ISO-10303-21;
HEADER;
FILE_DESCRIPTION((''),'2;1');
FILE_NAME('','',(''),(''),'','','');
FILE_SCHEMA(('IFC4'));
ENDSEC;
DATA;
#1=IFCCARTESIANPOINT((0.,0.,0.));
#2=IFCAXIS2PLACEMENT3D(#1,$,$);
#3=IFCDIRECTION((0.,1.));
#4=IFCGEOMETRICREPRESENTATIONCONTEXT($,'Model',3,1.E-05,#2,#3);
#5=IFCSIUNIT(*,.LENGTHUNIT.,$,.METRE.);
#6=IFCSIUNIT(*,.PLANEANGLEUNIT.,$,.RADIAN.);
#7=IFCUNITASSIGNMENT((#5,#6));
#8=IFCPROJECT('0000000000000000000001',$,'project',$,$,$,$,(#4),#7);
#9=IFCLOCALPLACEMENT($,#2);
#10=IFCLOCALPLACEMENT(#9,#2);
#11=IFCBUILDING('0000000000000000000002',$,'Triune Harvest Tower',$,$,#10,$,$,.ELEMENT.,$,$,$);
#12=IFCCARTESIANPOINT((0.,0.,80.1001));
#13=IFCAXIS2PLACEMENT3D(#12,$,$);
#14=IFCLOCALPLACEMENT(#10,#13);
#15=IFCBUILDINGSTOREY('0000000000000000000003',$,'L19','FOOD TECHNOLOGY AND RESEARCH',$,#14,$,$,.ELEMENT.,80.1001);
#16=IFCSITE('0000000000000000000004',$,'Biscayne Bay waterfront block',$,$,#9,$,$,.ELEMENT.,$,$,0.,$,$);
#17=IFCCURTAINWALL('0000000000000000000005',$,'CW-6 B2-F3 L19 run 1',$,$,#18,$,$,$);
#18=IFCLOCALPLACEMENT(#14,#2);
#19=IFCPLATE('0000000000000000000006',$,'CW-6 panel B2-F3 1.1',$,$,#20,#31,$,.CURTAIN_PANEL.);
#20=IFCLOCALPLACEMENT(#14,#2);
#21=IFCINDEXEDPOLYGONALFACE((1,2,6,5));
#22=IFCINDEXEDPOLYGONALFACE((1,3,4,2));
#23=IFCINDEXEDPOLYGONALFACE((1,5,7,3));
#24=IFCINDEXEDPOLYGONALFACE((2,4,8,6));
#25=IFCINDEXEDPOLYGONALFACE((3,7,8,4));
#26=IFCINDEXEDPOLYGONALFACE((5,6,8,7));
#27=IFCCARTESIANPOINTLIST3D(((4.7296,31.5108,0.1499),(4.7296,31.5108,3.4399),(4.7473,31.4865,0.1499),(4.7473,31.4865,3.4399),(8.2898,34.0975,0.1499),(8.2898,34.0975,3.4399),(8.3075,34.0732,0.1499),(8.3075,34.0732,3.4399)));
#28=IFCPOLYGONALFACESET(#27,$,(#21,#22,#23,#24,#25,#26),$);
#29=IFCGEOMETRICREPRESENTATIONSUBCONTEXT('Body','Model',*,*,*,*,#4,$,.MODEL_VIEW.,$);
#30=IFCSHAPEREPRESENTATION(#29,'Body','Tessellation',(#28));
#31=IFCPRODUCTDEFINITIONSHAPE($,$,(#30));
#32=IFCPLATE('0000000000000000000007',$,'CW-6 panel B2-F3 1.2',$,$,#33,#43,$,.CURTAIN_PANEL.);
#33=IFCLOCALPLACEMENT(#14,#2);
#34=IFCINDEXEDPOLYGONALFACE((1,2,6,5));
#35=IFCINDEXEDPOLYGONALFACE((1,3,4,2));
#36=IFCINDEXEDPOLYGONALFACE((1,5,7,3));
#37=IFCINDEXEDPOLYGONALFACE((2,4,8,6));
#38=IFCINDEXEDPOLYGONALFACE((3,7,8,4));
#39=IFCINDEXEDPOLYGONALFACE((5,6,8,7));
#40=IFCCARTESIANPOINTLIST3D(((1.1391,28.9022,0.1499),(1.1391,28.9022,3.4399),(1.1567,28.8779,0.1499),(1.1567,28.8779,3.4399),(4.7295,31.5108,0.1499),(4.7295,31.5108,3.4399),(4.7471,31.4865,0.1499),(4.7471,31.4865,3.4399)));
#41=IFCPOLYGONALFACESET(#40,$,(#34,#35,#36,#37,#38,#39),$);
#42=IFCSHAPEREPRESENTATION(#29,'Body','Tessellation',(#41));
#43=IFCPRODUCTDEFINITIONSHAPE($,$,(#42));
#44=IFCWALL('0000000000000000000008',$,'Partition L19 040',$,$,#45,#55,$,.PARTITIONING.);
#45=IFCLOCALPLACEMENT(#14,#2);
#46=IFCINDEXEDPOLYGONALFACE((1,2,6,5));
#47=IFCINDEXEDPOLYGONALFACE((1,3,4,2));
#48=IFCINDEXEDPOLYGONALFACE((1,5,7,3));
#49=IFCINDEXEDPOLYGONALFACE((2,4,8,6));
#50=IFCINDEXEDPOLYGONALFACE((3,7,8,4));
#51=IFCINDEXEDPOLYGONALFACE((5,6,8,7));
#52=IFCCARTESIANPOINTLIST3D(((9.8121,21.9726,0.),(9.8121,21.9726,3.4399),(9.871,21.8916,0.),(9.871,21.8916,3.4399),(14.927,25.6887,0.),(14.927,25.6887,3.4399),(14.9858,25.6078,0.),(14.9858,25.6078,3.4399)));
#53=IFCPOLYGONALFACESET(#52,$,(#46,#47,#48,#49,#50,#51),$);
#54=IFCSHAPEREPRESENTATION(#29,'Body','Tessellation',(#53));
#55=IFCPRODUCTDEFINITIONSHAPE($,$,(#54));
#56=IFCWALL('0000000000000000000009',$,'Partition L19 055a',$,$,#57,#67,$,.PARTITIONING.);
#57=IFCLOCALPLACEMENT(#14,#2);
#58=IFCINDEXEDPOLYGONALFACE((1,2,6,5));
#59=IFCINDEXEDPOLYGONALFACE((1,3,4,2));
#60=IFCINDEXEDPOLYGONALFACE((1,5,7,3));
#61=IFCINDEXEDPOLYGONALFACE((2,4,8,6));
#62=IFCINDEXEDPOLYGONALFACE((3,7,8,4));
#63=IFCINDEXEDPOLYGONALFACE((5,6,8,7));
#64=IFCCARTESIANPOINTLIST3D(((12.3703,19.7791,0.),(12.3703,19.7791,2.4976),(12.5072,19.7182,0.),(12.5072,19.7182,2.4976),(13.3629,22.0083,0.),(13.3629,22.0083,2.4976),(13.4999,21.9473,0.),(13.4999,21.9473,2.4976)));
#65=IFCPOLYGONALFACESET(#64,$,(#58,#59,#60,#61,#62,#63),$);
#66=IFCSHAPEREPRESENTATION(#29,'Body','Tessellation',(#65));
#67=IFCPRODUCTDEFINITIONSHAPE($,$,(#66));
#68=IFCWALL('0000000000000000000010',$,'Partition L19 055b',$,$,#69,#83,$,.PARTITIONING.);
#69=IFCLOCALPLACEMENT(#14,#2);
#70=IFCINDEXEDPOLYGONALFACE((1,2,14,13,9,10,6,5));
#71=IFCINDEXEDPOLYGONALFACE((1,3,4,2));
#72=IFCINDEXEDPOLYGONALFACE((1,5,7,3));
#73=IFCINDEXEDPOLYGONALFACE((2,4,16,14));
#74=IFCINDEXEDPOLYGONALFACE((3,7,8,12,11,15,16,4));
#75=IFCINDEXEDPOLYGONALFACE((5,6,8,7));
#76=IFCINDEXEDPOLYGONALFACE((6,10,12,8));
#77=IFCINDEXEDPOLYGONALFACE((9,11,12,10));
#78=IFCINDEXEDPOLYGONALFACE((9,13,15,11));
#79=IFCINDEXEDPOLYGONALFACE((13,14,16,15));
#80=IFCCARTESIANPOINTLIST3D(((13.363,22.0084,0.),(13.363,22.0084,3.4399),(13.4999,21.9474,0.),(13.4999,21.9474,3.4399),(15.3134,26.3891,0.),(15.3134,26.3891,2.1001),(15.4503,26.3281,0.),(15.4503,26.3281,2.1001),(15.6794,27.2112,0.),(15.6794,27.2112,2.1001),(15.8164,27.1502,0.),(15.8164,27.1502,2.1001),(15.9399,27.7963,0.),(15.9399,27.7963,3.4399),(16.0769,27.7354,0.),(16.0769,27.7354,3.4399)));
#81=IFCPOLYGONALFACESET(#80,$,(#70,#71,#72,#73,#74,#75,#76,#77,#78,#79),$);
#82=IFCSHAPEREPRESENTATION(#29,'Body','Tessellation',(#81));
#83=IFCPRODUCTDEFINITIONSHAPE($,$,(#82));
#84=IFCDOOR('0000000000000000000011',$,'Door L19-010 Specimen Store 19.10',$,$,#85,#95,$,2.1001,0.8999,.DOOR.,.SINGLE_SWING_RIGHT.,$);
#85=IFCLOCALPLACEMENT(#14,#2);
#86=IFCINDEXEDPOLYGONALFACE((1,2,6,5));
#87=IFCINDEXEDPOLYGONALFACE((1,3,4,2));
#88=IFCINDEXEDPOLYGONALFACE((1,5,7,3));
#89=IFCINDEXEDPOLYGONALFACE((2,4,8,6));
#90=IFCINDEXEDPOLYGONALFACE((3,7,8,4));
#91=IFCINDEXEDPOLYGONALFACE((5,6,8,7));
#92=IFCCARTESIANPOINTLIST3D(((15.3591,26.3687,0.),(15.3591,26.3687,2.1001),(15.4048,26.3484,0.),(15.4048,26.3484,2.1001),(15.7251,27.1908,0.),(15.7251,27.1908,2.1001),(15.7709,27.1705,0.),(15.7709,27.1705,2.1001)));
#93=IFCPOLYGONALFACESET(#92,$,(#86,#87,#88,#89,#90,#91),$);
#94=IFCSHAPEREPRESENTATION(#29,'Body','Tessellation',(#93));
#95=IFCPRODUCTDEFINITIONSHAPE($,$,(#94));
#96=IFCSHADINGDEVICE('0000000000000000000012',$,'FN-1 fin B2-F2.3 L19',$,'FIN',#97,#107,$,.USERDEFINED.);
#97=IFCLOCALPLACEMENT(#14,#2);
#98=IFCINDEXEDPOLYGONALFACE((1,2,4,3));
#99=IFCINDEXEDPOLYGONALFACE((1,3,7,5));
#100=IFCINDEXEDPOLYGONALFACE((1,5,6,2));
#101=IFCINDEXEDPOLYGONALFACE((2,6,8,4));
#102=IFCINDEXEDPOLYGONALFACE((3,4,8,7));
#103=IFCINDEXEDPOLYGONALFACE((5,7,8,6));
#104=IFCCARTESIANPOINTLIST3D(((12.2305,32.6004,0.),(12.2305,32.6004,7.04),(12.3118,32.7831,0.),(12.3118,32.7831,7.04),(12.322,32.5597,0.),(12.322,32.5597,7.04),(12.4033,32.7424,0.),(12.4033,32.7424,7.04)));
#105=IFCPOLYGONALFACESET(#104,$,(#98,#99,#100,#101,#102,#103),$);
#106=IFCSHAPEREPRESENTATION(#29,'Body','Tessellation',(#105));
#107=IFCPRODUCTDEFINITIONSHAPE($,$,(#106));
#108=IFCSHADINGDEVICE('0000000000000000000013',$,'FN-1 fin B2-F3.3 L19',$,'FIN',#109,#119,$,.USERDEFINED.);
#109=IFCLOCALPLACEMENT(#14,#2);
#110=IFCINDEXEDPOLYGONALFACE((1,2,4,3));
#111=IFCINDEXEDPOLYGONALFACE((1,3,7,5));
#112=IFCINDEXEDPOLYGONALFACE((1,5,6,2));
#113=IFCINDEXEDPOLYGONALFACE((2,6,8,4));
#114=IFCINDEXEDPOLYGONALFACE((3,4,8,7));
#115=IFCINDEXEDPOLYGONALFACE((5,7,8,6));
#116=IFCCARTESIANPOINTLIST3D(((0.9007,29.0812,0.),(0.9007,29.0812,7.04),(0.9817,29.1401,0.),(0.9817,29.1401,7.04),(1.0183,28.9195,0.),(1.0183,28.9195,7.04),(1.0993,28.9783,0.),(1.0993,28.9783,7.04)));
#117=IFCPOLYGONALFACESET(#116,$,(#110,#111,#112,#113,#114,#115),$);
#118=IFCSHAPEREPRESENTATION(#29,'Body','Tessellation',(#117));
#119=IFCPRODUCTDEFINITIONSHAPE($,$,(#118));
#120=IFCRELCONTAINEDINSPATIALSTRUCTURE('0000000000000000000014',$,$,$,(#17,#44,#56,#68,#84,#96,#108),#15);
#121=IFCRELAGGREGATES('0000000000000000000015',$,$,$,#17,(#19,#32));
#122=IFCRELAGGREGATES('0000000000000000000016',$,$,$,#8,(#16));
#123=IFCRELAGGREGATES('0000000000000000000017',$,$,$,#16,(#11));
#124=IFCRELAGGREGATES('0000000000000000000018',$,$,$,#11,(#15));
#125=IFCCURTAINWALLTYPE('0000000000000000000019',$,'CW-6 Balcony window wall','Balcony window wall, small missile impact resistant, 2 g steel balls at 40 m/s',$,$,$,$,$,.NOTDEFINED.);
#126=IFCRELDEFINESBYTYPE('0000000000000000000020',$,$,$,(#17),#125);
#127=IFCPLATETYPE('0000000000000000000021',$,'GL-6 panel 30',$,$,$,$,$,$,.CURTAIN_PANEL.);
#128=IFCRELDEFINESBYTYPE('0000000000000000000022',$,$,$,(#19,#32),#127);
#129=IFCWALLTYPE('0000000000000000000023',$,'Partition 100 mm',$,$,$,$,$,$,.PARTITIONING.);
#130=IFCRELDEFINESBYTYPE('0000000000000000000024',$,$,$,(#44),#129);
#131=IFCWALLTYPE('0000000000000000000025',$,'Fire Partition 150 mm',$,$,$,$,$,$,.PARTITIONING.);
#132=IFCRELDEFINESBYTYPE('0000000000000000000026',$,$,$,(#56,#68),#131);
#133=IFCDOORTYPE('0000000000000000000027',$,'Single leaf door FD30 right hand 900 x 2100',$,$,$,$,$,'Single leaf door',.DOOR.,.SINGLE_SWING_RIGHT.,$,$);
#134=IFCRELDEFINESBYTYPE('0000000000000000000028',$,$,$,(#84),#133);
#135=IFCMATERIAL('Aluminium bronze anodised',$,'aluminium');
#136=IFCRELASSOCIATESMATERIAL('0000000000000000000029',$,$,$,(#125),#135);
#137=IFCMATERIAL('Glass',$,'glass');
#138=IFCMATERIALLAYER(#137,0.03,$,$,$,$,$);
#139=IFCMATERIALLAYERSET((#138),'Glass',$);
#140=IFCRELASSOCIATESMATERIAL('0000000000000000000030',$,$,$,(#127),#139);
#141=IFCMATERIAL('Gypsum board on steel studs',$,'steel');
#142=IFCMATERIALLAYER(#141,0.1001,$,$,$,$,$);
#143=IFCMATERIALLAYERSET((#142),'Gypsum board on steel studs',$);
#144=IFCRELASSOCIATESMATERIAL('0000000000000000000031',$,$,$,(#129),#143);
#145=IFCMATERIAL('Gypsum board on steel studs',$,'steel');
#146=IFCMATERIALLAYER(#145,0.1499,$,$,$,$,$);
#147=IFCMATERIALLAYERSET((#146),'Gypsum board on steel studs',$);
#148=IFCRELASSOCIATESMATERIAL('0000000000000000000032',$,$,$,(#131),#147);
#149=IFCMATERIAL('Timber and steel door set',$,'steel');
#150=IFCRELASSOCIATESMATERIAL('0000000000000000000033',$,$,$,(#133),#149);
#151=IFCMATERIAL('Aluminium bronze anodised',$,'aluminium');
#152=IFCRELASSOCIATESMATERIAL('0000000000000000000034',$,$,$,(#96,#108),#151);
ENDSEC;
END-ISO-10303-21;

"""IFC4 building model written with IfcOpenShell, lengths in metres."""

from ifc_helpers import new_model, si_unit, direction, frame, frame_2d, origin, origin_2d, place, context, subcontext, project, spatial, rectangle, extrude, source, transform, mapped, material, layer, layer_set, type_object, element, fill, aggregate, save


model = new_model("IFC4")

# Units and contexts
model_context = context("Model", 3, precision=1e-05, world=origin(), true_north=direction((0.0, 1.0)))
body_context = subcontext(model_context, "Body", "Model", "MODEL_VIEW")
ifc_project = project(units=[si_unit("LENGTHUNIT", "METRE"), si_unit("PLANEANGLEUNIT", "RADIAN")], contexts=[model_context])

# Site, building, storey
site_placement = place(None, origin())
site = spatial("IfcSite", under=ifc_project, at=site_placement, Name="Biscayne Bay waterfront block", CompositionType="ELEMENT", RefElevation=0.0)
building_placement = place(site_placement, origin())
building = spatial("IfcBuilding", under=site, at=building_placement, Name="Triune Harvest Tower", CompositionType="ELEMENT")
storey_placement = place(building_placement, frame((0.0, 0.0, 80.1001)))
storey = spatial("IfcBuildingStorey", under=building, at=storey_placement, Name="L19", Description="FOOD TECHNOLOGY AND RESEARCH", CompositionType="ELEMENT", Elevation=80.1001)

# Curtain wall
ifc_material_1 = material(Name="Aluminium bronze anodised", Category="aluminium")
curtain_wall_type_1 = type_object("IfcCurtainWallType", Name="CW-6 Balcony window wall", Description="Balcony window wall, small missile impact resistant, 2 g steel balls at 40 m/s", PredefinedType="NOTDEFINED", material=ifc_material_1)
curtain_wall_1_placement = place(storey_placement, origin())
curtain_wall_1 = element("IfcCurtainWall", 1, at=curtain_wall_1_placement, inside=storey, type_object=curtain_wall_type_1, Name="CW-6 B2-F3 L19 run 1")

# Plates
ifc_material_2 = material(Name="Glass", Category="glass")
ifc_layer_1 = layer(ifc_material_2, 0.03)
ifc_layer_set_1 = layer_set([ifc_layer_1], Name="Glass")
plate_type_1 = type_object("IfcPlateType", Name="GL-6 panel 30", PredefinedType="CURTAIN_PANEL", material=ifc_layer_set_1)
shared_shape_1 = source(origin(), body_context, "Body", "SweptSolid", [
    extrude(rectangle(XDim=4.4006, YDim=0.03, at=origin_2d()), origin(), (0.0, 0.0, 1.0), 3.29),
])
plate_1_placement = place(storey_placement, frame((6.5186, 32.792, 0.1499), z_axis=(0.0, 0.0, 1.0), x_axis=(-0.809017, -0.587785, 0.0)))
plate_1 = element("IfcPlate", 2, at=plate_1_placement, type_object=plate_type_1, Name="CW-6 panel B2-F3 1.1", PredefinedType="CURTAIN_PANEL", context=body_context, shape_type="MappedRepresentation", body=[
    mapped(shared_shape_1, transform((0.0, 0.0, 0.0), scale=1.0)),
])
shared_shape_2 = source(origin(), body_context, "Body", "SweptSolid", [
    extrude(rectangle(XDim=4.438, YDim=0.03, at=origin_2d()), origin(), (0.0, 0.0, 1.0), 3.29),
])
plate_2_placement = place(storey_placement, frame((2.9431, 30.1943, 0.1499), z_axis=(0.0, 0.0, 1.0), x_axis=(-0.809017, -0.587785, 0.0)))
plate_2 = element("IfcPlate", 3, at=plate_2_placement, type_object=plate_type_1, Name="CW-6 panel B2-F3 1.2", PredefinedType="CURTAIN_PANEL", context=body_context, shape_type="MappedRepresentation", body=[
    mapped(shared_shape_2, transform((0.0, 0.0, 0.0), scale=1.0)),
])
aggregate(curtain_wall_1, [plate_1, plate_2])

# Walls
ifc_material_3 = material(Name="Gypsum board on steel studs", Category="steel")
ifc_layer_2 = layer(ifc_material_3, 0.1001)
ifc_layer_set_2 = layer_set([ifc_layer_2], Name="Gypsum board on steel studs")
wall_type_1 = type_object("IfcWallType", Name="Partition 100 mm", PredefinedType="PARTITIONING", material=ifc_layer_set_2)
shared_shape_3 = source(origin(), body_context, "Body", "SweptSolid", [
    extrude(rectangle(XDim=6.3223, YDim=0.1001, at=frame_2d((3.1611, 0.0))), origin(), (0.0, 0.0, 1.0), 3.4399),
])
wall_1_placement = place(storey_placement, frame((9.8416, 21.9321, 0.0), z_axis=(0.0, 0.0, 1.0), x_axis=(0.809018, 0.587784, 0.0)))
element("IfcWall", 4, at=wall_1_placement, inside=storey, type_object=wall_type_1, Name="Partition L19 040", PredefinedType="PARTITIONING", context=body_context, shape_type="MappedRepresentation", body=[
    mapped(shared_shape_3, transform((0.0, 0.0, 0.0), scale=1.0)),
])
ifc_material_4 = material(Name="Gypsum board on steel studs", Category="steel")
ifc_layer_3 = layer(ifc_material_4, 0.1499)
ifc_layer_set_3 = layer_set([ifc_layer_3], Name="Gypsum board on steel studs")
wall_type_2 = type_object("IfcWallType", Name="Fire Partition 150 mm", PredefinedType="PARTITIONING", material=ifc_layer_set_3)
shared_shape_4 = source(origin(), body_context, "Body", "SweptSolid", [
    extrude(rectangle(XDim=2.4402, YDim=0.1499, at=frame_2d((1.2202, 0.0))), origin(), (0.0, 0.0, 1.0), 2.4976),
])
wall_2_placement = place(storey_placement, frame((12.4387, 19.7485, 0.0), z_axis=(0.0, 0.0, 1.0), x_axis=(0.406788, 0.913523, 0.0)))
element("IfcWall", 5, at=wall_2_placement, inside=storey, type_object=wall_type_2, Name="Partition L19 055a", PredefinedType="PARTITIONING", context=body_context, shape_type="MappedRepresentation", body=[
    mapped(shared_shape_4, transform((0.0, 0.0, 0.0), scale=1.0)),
])

# Wall, opening, door
shared_shape_5 = source(origin(), body_context, "Body", "SweptSolid", [
    extrude(rectangle(XDim=6.3357, YDim=0.1499, at=frame_2d((3.168, 0.0))), origin(), (0.0, 0.0, 1.0), 3.4399),
])
wall_3_placement = place(storey_placement, frame((13.4314, 21.9778, 0.0), z_axis=(0.0, 0.0, 1.0), x_axis=(0.406735, 0.913546, 0.0)))
wall_3 = element("IfcWall", 6, at=wall_3_placement, inside=storey, type_object=wall_type_2, Name="Partition L19 055b", PredefinedType="PARTITIONING", context=body_context, shape_type="MappedRepresentation", body=[
    mapped(shared_shape_5, transform((0.0, 0.0, 0.0), scale=1.0)),
])
opening_placement = place(wall_3_placement, frame((4.7954, 0.0, 0.0)))
opening = element("IfcOpeningElement", 7, at=opening_placement, cuts=wall_3, PredefinedType="OPENING", context=body_context, shape_type="SweptSolid", body=[
    extrude(rectangle(XDim=0.8999, YDim=2.1001, at=frame_2d((0.45, 1.05))), frame((0.0, 0.085, 0.0), z_axis=(0.0, -1.0, 0.0), x_axis=(1.0, 0.0, 0.0)), (0.0, 0.0, 1.0), 0.1699),
])
ifc_material_5 = material(Name="Timber and steel door set", Category="steel")
door_type = type_object("IfcDoorType", Name="Single leaf door FD30 right hand 900 x 2100", ElementType="Single leaf door", OperationType="SINGLE_SWING_RIGHT", PredefinedType="DOOR", material=ifc_material_5)
door_placement = place(opening_placement, origin())
door = element("IfcDoor", 8, at=door_placement, inside=storey, type_object=door_type, Name="Door L19-010 Specimen Store 19.10", OperationType="SINGLE_SWING_RIGHT", OverallHeight=2.1001, OverallWidth=0.8999, PredefinedType="DOOR", context=body_context, shape_type="SweptSolid", body=[
    extrude(rectangle(XDim=0.8999, YDim=2.1001, at=frame_2d((0.45, 1.05))), frame((0.0, 0.0249, 0.0), z_axis=(0.0, -1.0, 0.0), x_axis=(1.0, 0.0, 0.0)), (0.0, 0.0, 1.0), 0.05),
])
fill(opening, door)

# Shading devices
ifc_material_6 = material(Name="Aluminium bronze anodised", Category="aluminium")
shared_shape_6 = source(origin(), body_context, "Body", "SweptSolid", [
    extrude(rectangle(XDim=0.1001, YDim=0.2, at=origin_2d()), origin(), (0.0, 0.0, 1.0), 7.04),
])
for number, where, z_axis, x_axis, name in (
    (9, (12.3169, 32.6714, 0.0), (0.0, 0.0, 1.0), (-0.913547, 0.406734, 0.0), "FN-1 fin B2-F2.3 L19"),
    (10, (1.0, 29.0298, 0.0), (0.0, 0.0, 1.0), (-0.809017, -0.587785, 0.0), "FN-1 fin B2-F3.3 L19"),
):
    element("IfcShadingDevice", number, at=place(storey_placement, frame(where, z_axis=z_axis, x_axis=x_axis)), inside=storey, material=ifc_material_6, Name=name, ObjectType="FIN", PredefinedType="USERDEFINED", context=body_context, shape_type="MappedRepresentation", body=[
        mapped(shared_shape_6, transform((0.0, 0.0, 0.0), scale=1.0)),
    ])

save(model, "model.ifc")
